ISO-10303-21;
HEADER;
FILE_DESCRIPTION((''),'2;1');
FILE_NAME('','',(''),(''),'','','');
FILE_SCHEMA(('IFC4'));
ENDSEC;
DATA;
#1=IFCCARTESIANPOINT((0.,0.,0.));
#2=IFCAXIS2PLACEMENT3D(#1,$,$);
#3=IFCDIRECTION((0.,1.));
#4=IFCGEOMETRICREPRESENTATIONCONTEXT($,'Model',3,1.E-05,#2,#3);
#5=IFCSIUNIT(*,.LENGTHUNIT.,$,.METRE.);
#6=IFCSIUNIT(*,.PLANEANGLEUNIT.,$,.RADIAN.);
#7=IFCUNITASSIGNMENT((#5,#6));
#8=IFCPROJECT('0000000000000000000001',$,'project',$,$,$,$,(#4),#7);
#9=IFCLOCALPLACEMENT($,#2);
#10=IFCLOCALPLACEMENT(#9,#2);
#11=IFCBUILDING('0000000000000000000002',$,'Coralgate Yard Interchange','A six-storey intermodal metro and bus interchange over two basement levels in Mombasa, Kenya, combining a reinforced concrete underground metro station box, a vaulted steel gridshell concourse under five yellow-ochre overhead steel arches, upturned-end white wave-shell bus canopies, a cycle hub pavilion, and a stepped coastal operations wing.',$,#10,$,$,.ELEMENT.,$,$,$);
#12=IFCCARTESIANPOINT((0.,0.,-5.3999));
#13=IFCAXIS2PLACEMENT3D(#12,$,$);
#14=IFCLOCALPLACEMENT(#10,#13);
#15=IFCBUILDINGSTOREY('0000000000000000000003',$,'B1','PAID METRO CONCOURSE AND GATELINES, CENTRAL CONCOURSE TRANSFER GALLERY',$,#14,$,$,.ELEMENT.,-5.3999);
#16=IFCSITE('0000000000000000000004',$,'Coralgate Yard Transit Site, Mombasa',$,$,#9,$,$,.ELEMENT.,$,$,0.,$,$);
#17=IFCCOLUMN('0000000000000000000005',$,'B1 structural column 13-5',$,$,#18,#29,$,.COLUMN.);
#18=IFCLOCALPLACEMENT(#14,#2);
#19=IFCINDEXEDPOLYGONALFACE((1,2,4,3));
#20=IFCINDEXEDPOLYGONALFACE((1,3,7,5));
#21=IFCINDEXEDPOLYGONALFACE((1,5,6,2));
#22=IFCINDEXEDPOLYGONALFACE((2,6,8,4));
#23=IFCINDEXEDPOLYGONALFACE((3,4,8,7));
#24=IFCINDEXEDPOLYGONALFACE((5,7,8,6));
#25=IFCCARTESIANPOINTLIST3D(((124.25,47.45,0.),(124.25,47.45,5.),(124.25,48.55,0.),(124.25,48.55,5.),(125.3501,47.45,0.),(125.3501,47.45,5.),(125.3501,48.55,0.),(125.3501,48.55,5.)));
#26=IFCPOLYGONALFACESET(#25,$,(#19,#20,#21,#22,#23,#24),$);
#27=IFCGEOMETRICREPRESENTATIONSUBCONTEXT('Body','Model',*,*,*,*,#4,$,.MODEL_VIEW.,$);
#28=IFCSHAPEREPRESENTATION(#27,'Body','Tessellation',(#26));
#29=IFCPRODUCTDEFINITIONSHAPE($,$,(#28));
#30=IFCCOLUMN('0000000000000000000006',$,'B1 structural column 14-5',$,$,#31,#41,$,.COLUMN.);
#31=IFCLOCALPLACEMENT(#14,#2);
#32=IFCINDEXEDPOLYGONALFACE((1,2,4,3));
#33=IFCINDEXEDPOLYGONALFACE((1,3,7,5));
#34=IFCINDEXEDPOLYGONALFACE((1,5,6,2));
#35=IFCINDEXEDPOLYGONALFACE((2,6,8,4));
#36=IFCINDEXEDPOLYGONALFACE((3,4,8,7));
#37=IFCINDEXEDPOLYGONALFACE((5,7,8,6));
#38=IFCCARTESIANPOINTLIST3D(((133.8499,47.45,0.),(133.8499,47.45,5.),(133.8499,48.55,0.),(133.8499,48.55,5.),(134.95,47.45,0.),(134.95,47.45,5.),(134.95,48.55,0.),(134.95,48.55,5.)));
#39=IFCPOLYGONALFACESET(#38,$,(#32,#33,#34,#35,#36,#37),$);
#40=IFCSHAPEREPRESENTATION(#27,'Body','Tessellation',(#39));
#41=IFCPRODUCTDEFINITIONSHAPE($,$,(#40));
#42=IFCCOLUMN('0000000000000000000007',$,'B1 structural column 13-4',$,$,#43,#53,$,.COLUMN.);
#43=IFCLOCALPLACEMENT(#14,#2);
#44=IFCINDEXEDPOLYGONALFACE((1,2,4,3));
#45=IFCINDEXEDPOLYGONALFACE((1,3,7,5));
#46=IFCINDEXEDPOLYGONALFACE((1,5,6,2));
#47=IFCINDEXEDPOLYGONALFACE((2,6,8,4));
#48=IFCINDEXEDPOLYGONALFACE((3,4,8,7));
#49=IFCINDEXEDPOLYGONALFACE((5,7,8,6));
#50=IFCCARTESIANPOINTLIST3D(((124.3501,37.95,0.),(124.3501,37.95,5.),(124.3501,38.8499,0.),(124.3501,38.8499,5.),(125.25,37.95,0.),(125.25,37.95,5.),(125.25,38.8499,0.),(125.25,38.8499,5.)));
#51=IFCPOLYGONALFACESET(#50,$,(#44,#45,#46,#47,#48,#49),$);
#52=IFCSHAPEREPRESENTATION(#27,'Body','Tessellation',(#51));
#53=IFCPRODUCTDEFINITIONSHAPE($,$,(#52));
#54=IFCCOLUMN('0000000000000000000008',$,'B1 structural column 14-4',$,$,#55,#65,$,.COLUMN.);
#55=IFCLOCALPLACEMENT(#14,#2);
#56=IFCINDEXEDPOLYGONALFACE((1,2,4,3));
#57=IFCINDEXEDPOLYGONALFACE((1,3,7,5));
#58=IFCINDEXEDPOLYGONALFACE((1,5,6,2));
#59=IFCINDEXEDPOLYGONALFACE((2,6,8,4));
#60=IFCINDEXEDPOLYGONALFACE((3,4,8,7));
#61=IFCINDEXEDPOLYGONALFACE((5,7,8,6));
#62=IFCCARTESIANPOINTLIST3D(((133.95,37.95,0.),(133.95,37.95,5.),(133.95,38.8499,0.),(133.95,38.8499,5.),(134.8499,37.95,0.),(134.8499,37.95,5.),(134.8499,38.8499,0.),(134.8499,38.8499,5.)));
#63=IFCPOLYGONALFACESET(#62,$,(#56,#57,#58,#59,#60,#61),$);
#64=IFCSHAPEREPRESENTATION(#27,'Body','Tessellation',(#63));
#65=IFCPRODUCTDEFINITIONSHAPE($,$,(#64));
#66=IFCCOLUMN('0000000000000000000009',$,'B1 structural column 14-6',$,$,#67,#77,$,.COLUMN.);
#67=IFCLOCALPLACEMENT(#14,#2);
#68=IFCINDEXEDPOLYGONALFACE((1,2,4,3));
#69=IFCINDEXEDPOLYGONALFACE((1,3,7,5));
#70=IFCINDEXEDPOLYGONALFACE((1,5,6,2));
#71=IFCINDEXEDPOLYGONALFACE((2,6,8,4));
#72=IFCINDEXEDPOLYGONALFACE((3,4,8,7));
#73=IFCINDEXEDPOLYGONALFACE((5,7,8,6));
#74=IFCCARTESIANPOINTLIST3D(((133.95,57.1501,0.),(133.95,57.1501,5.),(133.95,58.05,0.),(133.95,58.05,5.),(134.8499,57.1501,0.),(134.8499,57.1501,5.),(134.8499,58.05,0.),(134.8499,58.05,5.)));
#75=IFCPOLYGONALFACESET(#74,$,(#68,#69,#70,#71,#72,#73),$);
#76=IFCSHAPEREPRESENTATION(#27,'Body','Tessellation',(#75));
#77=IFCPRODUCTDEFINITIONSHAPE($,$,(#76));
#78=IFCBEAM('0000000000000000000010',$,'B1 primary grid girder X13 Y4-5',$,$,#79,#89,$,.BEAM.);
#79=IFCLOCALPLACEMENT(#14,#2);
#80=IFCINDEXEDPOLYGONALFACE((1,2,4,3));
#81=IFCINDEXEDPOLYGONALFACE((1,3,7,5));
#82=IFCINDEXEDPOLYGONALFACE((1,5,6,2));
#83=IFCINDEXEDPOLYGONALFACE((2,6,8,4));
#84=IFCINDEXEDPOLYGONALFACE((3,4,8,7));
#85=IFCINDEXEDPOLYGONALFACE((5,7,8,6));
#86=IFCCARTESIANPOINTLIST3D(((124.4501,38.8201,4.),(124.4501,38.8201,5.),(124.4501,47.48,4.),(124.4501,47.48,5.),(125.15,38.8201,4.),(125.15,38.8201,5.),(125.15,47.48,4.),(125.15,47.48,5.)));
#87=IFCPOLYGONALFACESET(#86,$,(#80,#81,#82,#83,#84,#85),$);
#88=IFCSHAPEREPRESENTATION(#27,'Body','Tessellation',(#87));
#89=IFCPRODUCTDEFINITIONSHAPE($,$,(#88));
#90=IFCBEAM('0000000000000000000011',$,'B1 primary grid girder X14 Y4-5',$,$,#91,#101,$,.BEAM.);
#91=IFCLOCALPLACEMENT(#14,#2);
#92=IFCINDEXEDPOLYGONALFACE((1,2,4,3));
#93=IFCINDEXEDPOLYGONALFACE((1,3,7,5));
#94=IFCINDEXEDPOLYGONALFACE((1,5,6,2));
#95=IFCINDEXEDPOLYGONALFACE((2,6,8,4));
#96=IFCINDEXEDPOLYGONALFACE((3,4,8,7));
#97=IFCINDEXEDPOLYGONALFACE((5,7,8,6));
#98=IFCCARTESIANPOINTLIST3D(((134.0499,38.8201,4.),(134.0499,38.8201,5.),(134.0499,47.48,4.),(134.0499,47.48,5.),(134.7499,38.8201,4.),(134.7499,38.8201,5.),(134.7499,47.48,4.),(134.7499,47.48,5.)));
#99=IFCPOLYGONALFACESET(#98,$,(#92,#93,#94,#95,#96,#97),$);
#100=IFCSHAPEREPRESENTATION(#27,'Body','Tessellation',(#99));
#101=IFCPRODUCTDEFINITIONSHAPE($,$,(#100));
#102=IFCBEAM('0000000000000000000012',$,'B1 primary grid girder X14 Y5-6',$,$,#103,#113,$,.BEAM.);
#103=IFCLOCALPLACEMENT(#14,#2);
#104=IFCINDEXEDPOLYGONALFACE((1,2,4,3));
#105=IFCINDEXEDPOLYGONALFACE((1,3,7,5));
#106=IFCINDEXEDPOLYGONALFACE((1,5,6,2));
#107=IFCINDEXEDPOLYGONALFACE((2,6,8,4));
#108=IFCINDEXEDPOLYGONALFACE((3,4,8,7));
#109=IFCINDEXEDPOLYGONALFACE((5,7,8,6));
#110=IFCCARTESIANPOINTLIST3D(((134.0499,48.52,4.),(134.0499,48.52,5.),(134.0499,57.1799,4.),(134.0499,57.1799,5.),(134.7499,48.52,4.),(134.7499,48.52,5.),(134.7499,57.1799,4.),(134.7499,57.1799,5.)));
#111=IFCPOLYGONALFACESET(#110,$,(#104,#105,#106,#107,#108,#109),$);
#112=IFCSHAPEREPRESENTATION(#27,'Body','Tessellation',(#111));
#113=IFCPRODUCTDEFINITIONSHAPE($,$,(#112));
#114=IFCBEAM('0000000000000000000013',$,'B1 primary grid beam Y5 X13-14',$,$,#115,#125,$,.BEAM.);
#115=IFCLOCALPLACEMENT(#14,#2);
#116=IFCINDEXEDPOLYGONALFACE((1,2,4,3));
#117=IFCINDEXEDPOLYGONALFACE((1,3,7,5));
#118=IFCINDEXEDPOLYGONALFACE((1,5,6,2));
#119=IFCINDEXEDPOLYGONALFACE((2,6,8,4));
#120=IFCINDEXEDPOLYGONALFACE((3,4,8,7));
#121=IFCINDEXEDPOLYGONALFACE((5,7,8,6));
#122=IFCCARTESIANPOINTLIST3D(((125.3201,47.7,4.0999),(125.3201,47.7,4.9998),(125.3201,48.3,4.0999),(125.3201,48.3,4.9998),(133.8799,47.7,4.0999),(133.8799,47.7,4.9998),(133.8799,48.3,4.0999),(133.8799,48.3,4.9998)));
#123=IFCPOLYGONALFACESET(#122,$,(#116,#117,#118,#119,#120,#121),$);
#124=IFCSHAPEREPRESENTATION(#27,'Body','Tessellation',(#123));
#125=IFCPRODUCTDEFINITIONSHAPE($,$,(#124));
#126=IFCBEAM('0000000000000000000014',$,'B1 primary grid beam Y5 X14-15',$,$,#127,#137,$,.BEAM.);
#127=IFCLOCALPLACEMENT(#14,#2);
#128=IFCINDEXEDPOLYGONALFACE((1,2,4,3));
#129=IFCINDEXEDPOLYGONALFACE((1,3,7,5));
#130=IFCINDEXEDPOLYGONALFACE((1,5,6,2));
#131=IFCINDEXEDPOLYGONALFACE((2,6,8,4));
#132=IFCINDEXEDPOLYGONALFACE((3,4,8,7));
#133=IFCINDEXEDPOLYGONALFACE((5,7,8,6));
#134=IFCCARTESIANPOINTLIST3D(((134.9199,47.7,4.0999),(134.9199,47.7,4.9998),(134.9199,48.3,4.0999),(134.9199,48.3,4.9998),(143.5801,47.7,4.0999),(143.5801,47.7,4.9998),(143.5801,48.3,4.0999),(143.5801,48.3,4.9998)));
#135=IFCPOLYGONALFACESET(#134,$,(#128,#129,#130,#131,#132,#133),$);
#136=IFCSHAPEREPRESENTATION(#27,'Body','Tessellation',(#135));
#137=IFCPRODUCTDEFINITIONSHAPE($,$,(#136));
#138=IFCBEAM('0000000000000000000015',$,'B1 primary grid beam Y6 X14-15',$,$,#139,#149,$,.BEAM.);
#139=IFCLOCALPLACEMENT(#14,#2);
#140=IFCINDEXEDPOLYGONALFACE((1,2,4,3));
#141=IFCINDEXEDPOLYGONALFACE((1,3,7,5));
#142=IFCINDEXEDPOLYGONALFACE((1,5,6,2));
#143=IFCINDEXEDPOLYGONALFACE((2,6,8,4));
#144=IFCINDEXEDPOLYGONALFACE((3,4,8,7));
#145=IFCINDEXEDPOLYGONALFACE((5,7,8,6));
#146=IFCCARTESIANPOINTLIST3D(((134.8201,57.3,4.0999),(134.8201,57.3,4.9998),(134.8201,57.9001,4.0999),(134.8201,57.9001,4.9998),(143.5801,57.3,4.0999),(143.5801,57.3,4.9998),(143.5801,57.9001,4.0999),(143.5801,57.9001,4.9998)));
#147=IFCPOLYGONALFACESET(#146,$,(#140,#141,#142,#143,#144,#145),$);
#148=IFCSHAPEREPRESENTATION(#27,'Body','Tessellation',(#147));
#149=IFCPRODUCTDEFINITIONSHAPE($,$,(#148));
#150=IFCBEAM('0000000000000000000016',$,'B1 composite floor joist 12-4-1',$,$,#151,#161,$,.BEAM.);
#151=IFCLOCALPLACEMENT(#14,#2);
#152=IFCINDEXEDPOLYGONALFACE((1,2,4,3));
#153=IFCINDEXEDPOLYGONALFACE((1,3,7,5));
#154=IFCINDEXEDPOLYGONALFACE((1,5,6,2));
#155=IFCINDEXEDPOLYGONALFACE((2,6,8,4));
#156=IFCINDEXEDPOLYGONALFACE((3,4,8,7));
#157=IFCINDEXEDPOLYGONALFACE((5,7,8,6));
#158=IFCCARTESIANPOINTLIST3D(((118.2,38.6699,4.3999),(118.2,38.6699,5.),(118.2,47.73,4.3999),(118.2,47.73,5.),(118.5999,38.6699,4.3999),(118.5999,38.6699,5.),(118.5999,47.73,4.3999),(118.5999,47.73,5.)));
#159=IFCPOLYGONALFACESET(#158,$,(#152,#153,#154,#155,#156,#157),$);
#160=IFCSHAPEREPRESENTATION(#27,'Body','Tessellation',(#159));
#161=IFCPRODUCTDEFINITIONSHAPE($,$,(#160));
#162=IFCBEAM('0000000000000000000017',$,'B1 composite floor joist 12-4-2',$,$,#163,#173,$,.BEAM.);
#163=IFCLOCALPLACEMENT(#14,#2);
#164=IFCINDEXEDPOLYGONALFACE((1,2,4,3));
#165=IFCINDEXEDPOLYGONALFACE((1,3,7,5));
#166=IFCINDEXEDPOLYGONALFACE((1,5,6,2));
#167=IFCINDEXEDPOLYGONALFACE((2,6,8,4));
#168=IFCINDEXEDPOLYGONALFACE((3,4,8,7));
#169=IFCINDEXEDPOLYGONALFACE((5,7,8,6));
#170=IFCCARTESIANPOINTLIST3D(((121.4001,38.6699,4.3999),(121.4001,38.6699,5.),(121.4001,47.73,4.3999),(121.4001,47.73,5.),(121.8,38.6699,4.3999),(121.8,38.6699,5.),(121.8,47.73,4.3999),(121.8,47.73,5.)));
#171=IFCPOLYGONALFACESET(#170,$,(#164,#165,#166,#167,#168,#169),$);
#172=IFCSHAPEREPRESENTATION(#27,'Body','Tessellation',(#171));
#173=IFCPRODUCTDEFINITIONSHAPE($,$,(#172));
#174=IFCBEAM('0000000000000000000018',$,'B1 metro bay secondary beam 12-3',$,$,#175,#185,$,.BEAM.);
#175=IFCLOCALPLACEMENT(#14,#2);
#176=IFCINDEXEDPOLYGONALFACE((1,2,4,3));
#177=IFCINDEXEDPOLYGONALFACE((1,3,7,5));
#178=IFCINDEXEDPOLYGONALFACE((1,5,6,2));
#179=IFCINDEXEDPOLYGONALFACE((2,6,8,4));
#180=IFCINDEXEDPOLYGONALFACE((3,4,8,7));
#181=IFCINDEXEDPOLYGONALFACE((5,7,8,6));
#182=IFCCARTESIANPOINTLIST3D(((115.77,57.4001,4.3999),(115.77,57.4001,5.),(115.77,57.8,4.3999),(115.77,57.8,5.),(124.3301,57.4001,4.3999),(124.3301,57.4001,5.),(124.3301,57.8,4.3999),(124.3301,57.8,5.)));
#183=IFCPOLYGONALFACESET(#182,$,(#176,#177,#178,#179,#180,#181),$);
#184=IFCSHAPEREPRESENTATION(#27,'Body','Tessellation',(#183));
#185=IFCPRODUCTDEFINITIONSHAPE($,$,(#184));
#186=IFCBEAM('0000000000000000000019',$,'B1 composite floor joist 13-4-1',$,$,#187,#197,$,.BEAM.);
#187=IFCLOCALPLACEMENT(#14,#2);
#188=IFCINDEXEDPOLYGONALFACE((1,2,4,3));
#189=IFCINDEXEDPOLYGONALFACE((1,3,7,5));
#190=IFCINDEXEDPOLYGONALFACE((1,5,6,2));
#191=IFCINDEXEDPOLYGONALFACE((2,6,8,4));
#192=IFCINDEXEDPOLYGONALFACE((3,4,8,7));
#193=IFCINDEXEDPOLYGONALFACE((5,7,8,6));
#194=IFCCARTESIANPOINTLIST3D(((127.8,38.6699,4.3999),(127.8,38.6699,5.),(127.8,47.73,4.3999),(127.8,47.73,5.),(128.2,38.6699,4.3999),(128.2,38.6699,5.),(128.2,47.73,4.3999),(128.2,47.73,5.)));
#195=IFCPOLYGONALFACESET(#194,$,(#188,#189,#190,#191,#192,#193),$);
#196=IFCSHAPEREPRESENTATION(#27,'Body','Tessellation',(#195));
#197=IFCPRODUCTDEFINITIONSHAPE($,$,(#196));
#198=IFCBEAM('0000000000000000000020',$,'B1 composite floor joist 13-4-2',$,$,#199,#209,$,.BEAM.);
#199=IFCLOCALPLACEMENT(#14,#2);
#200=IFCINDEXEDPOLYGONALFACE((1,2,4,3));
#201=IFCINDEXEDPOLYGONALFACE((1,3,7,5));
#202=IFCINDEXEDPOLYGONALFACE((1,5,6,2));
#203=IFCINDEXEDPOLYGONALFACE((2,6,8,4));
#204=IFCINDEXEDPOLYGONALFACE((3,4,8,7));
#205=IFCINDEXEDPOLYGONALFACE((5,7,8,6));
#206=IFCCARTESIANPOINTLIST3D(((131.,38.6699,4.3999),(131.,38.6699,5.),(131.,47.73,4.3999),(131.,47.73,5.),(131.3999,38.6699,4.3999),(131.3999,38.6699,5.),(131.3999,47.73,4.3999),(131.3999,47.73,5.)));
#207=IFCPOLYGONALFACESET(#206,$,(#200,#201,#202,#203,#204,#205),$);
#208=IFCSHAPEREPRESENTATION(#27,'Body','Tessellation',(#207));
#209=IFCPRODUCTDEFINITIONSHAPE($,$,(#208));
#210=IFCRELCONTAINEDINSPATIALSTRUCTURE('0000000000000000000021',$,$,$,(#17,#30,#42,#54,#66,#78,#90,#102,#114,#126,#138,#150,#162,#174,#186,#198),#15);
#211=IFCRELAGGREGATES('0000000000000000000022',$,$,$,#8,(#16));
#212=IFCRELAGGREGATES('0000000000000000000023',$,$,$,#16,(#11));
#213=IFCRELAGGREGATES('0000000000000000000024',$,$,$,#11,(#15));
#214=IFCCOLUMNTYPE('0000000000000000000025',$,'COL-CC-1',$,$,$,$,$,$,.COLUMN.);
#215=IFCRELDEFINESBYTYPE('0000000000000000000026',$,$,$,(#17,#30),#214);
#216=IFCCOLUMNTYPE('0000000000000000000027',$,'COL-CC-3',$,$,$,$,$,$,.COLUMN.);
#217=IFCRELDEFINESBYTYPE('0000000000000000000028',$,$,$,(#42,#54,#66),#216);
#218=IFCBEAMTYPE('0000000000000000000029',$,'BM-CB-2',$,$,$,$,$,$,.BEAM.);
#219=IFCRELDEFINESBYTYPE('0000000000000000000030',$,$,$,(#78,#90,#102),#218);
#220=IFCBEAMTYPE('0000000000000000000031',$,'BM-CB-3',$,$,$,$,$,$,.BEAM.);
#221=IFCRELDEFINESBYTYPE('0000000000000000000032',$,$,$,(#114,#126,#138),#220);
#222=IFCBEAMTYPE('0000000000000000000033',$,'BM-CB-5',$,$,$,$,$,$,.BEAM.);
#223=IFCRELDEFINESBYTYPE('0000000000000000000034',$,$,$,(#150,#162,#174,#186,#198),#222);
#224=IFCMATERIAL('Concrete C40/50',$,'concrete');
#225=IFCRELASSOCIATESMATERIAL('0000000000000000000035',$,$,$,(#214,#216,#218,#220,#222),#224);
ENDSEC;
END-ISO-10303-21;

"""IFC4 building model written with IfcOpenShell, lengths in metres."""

from ifc_helpers import new_model, si_unit, direction, frame, origin, origin_2d, place, context, subcontext, project, spatial, rectangle, extrude, material, material_profile, profile_set, type_object, element, save


model = new_model("IFC4")

# Units and contexts
model_context = context("Model", 3, precision=1e-05, world=origin(), true_north=direction((0.0, 1.0)))
body_context = subcontext(model_context, "Body", "Model", "MODEL_VIEW")
ifc_project = project(units=[si_unit("LENGTHUNIT", "METRE"), si_unit("PLANEANGLEUNIT", "RADIAN")], contexts=[model_context])

# Site, building, storey
site_placement = place(None, origin())
site = spatial("IfcSite", under=ifc_project, at=site_placement, Name="Coralgate Yard Transit Site, Mombasa", CompositionType="ELEMENT", RefElevation=0.0)
building_placement = place(site_placement, origin())
building = spatial("IfcBuilding", under=site, at=building_placement, Name="Coralgate Yard Interchange", Description="A six-storey intermodal metro and bus interchange over two basement levels in Mombasa, Kenya, combining a reinforced concrete underground metro station box, a vaulted steel gridshell concourse under five yellow-ochre overhead steel arches, upturned-end white wave-shell bus canopies, a cycle hub pavilion, and a stepped coastal operations wing.", CompositionType="ELEMENT")
storey_placement = place(building_placement, frame((0.0, 0.0, -5.3999)))
storey = spatial("IfcBuildingStorey", under=building, at=storey_placement, Name="B1", Description="PAID METRO CONCOURSE AND GATELINES, CENTRAL CONCOURSE TRANSFER GALLERY", CompositionType="ELEMENT", Elevation=-5.3999)

# Columns
ifc_material_1 = material(Name="Concrete C40/50", Category="concrete")
ifc_material_profile_1 = material_profile(ifc_material_1, rectangle(XDim=1.1001, YDim=1.1001, at=origin_2d()), Name="RC 1100x1100")
ifc_profile_set_1 = profile_set([ifc_material_profile_1], Name="Concrete C40/50")
column_type_1 = type_object("IfcColumnType", Name="COL-CC-1", PredefinedType="COLUMN", material=ifc_profile_set_1)
for number, where, z_axis, x_axis, name in (
    (1, (124.8, 48.0, 0.0), (0.0, 0.0, 1.0), (1.0, 0.0, 0.0), "B1 structural column 13-5"),
    (2, (134.3999, 48.0, 0.0), (0.0, 0.0, 1.0), (1.0, 0.0, 0.0), "B1 structural column 14-5"),
):
    element("IfcColumn", number, at=place(storey_placement, frame(where, z_axis=z_axis, x_axis=x_axis)), inside=storey, type_object=column_type_1, Name=name, PredefinedType="COLUMN", context=body_context, shape_type="SweptSolid", body=[
        extrude(rectangle(XDim=1.1001, YDim=1.1001, at=origin_2d()), origin(), (0.0, 0.0, 1.0), 5.0),
    ])
ifc_material_profile_2 = material_profile(ifc_material_1, rectangle(XDim=0.8999, YDim=0.8999, at=origin_2d()), Name="RC 900x900")
ifc_profile_set_2 = profile_set([ifc_material_profile_2], Name="Concrete C40/50")
column_type_2 = type_object("IfcColumnType", Name="COL-CC-3", PredefinedType="COLUMN", material=ifc_profile_set_2)
for number, where, z_axis, x_axis, name in (
    (3, (124.8, 38.3999, 0.0), (0.0, 0.0, 1.0), (1.0, 0.0, 0.0), "B1 structural column 13-4"),
    (4, (134.3999, 38.3999, 0.0), (0.0, 0.0, 1.0), (1.0, 0.0, 0.0), "B1 structural column 14-4"),
    (5, (134.3999, 57.6001, 0.0), (0.0, 0.0, 1.0), (1.0, 0.0, 0.0), "B1 structural column 14-6"),
):
    element("IfcColumn", number, at=place(storey_placement, frame(where, z_axis=z_axis, x_axis=x_axis)), inside=storey, type_object=column_type_2, Name=name, PredefinedType="COLUMN", context=body_context, shape_type="SweptSolid", body=[
        extrude(rectangle(XDim=0.8999, YDim=0.8999, at=origin_2d()), origin(), (0.0, 0.0, 1.0), 5.0),
    ])

# Beams
ifc_material_profile_3 = material_profile(ifc_material_1, rectangle(XDim=0.7, YDim=1.0, at=origin_2d()), Name="RC 700x1000")
ifc_profile_set_3 = profile_set([ifc_material_profile_3], Name="Concrete C40/50")
beam_type_1 = type_object("IfcBeamType", Name="BM-CB-2", PredefinedType="BEAM", material=ifc_profile_set_3)
for number, where, z_axis, x_axis, name in (
    (6, (124.8, 38.8201, 4.5), (0.0, 1.0, 0.0), (-1.0, 0.0, 0.0), "B1 primary grid girder X13 Y4-5"),
    (7, (134.3999, 38.8201, 4.5), (0.0, 1.0, 0.0), (-1.0, 0.0, 0.0), "B1 primary grid girder X14 Y4-5"),
    (8, (134.3999, 48.52, 4.5), (0.0, 1.0, 0.0), (-1.0, 0.0, 0.0), "B1 primary grid girder X14 Y5-6"),
):
    element("IfcBeam", number, at=place(storey_placement, frame(where, z_axis=z_axis, x_axis=x_axis)), inside=storey, type_object=beam_type_1, Name=name, PredefinedType="BEAM", context=body_context, shape_type="SweptSolid", body=[
        extrude(rectangle(XDim=0.7, YDim=1.0, at=origin_2d()), origin(), (0.0, 0.0, 1.0), 8.6599),
    ])
ifc_material_profile_4 = material_profile(ifc_material_1, rectangle(XDim=0.6001, YDim=0.8999, at=origin_2d()), Name="RC 600x900")
ifc_profile_set_4 = profile_set([ifc_material_profile_4], Name="Concrete C40/50")
beam_type_2 = type_object("IfcBeamType", Name="BM-CB-3", PredefinedType="BEAM", material=ifc_profile_set_4)
beam_1_placement = place(storey_placement, frame((125.3201, 48.0, 4.5498), z_axis=(1.0, 0.0, 0.0), x_axis=(0.0, 1.0, 0.0)))
element("IfcBeam", 9, at=beam_1_placement, inside=storey, type_object=beam_type_2, Name="B1 primary grid beam Y5 X13-14", PredefinedType="BEAM", context=body_context, shape_type="SweptSolid", body=[
    extrude(rectangle(XDim=0.6001, YDim=0.8999, at=origin_2d()), origin(), (0.0, 0.0, 1.0), 8.5598),
])
beam_2_placement = place(storey_placement, frame((134.9199, 48.0, 4.5498), z_axis=(1.0, 0.0, 0.0), x_axis=(0.0, 1.0, 0.0)))
element("IfcBeam", 10, at=beam_2_placement, inside=storey, type_object=beam_type_2, Name="B1 primary grid beam Y5 X14-15", PredefinedType="BEAM", context=body_context, shape_type="SweptSolid", body=[
    extrude(rectangle(XDim=0.6001, YDim=0.8999, at=origin_2d()), origin(), (0.0, 0.0, 1.0), 8.6602),
])
beam_3_placement = place(storey_placement, frame((134.8201, 57.6001, 4.5498), z_axis=(1.0, 0.0, 0.0), x_axis=(0.0, 1.0, 0.0)))
element("IfcBeam", 11, at=beam_3_placement, inside=storey, type_object=beam_type_2, Name="B1 primary grid beam Y6 X14-15", PredefinedType="BEAM", context=body_context, shape_type="SweptSolid", body=[
    extrude(rectangle(XDim=0.6001, YDim=0.8999, at=origin_2d()), origin(), (0.0, 0.0, 1.0), 8.76),
])
ifc_material_profile_5 = material_profile(ifc_material_1, rectangle(XDim=0.3999, YDim=0.6001, at=origin_2d()), Name="RC 400x600")
ifc_profile_set_5 = profile_set([ifc_material_profile_5], Name="Concrete C40/50")
beam_type_3 = type_object("IfcBeamType", Name="BM-CB-5", PredefinedType="BEAM", material=ifc_profile_set_5)
for number, where, z_axis, x_axis, name in (
    (12, (118.3999, 38.6699, 4.7), (0.0, 1.0, 0.0), (-1.0, 0.0, 0.0), "B1 composite floor joist 12-4-1"),
    (13, (121.6001, 38.6699, 4.7), (0.0, 1.0, 0.0), (-1.0, 0.0, 0.0), "B1 composite floor joist 12-4-2"),
):
    element("IfcBeam", number, at=place(storey_placement, frame(where, z_axis=z_axis, x_axis=x_axis)), inside=storey, type_object=beam_type_3, Name=name, PredefinedType="BEAM", context=body_context, shape_type="SweptSolid", body=[
        extrude(rectangle(XDim=0.3999, YDim=0.6001, at=origin_2d()), origin(), (0.0, 0.0, 1.0), 9.0601),
    ])
beam_4_placement = place(storey_placement, frame((115.77, 57.6001, 4.7), z_axis=(1.0, 0.0, 0.0), x_axis=(0.0, 1.0, 0.0)))
element("IfcBeam", 14, at=beam_4_placement, inside=storey, type_object=beam_type_3, Name="B1 metro bay secondary beam 12-3", PredefinedType="BEAM", context=body_context, shape_type="SweptSolid", body=[
    extrude(rectangle(XDim=0.3999, YDim=0.6001, at=origin_2d()), origin(), (0.0, 0.0, 1.0), 8.5601),
])
for number, where, z_axis, x_axis, name in (
    (15, (128.0, 38.6699, 4.7), (0.0, 1.0, 0.0), (-1.0, 0.0, 0.0), "B1 composite floor joist 13-4-1"),
    (16, (131.2, 38.6699, 4.7), (0.0, 1.0, 0.0), (-1.0, 0.0, 0.0), "B1 composite floor joist 13-4-2"),
):
    element("IfcBeam", number, at=place(storey_placement, frame(where, z_axis=z_axis, x_axis=x_axis)), inside=storey, type_object=beam_type_3, Name=name, PredefinedType="BEAM", context=body_context, shape_type="SweptSolid", body=[
        extrude(rectangle(XDim=0.3999, YDim=0.6001, at=origin_2d()), origin(), (0.0, 0.0, 1.0), 9.0601),
    ])

save(model, "model.ifc")
